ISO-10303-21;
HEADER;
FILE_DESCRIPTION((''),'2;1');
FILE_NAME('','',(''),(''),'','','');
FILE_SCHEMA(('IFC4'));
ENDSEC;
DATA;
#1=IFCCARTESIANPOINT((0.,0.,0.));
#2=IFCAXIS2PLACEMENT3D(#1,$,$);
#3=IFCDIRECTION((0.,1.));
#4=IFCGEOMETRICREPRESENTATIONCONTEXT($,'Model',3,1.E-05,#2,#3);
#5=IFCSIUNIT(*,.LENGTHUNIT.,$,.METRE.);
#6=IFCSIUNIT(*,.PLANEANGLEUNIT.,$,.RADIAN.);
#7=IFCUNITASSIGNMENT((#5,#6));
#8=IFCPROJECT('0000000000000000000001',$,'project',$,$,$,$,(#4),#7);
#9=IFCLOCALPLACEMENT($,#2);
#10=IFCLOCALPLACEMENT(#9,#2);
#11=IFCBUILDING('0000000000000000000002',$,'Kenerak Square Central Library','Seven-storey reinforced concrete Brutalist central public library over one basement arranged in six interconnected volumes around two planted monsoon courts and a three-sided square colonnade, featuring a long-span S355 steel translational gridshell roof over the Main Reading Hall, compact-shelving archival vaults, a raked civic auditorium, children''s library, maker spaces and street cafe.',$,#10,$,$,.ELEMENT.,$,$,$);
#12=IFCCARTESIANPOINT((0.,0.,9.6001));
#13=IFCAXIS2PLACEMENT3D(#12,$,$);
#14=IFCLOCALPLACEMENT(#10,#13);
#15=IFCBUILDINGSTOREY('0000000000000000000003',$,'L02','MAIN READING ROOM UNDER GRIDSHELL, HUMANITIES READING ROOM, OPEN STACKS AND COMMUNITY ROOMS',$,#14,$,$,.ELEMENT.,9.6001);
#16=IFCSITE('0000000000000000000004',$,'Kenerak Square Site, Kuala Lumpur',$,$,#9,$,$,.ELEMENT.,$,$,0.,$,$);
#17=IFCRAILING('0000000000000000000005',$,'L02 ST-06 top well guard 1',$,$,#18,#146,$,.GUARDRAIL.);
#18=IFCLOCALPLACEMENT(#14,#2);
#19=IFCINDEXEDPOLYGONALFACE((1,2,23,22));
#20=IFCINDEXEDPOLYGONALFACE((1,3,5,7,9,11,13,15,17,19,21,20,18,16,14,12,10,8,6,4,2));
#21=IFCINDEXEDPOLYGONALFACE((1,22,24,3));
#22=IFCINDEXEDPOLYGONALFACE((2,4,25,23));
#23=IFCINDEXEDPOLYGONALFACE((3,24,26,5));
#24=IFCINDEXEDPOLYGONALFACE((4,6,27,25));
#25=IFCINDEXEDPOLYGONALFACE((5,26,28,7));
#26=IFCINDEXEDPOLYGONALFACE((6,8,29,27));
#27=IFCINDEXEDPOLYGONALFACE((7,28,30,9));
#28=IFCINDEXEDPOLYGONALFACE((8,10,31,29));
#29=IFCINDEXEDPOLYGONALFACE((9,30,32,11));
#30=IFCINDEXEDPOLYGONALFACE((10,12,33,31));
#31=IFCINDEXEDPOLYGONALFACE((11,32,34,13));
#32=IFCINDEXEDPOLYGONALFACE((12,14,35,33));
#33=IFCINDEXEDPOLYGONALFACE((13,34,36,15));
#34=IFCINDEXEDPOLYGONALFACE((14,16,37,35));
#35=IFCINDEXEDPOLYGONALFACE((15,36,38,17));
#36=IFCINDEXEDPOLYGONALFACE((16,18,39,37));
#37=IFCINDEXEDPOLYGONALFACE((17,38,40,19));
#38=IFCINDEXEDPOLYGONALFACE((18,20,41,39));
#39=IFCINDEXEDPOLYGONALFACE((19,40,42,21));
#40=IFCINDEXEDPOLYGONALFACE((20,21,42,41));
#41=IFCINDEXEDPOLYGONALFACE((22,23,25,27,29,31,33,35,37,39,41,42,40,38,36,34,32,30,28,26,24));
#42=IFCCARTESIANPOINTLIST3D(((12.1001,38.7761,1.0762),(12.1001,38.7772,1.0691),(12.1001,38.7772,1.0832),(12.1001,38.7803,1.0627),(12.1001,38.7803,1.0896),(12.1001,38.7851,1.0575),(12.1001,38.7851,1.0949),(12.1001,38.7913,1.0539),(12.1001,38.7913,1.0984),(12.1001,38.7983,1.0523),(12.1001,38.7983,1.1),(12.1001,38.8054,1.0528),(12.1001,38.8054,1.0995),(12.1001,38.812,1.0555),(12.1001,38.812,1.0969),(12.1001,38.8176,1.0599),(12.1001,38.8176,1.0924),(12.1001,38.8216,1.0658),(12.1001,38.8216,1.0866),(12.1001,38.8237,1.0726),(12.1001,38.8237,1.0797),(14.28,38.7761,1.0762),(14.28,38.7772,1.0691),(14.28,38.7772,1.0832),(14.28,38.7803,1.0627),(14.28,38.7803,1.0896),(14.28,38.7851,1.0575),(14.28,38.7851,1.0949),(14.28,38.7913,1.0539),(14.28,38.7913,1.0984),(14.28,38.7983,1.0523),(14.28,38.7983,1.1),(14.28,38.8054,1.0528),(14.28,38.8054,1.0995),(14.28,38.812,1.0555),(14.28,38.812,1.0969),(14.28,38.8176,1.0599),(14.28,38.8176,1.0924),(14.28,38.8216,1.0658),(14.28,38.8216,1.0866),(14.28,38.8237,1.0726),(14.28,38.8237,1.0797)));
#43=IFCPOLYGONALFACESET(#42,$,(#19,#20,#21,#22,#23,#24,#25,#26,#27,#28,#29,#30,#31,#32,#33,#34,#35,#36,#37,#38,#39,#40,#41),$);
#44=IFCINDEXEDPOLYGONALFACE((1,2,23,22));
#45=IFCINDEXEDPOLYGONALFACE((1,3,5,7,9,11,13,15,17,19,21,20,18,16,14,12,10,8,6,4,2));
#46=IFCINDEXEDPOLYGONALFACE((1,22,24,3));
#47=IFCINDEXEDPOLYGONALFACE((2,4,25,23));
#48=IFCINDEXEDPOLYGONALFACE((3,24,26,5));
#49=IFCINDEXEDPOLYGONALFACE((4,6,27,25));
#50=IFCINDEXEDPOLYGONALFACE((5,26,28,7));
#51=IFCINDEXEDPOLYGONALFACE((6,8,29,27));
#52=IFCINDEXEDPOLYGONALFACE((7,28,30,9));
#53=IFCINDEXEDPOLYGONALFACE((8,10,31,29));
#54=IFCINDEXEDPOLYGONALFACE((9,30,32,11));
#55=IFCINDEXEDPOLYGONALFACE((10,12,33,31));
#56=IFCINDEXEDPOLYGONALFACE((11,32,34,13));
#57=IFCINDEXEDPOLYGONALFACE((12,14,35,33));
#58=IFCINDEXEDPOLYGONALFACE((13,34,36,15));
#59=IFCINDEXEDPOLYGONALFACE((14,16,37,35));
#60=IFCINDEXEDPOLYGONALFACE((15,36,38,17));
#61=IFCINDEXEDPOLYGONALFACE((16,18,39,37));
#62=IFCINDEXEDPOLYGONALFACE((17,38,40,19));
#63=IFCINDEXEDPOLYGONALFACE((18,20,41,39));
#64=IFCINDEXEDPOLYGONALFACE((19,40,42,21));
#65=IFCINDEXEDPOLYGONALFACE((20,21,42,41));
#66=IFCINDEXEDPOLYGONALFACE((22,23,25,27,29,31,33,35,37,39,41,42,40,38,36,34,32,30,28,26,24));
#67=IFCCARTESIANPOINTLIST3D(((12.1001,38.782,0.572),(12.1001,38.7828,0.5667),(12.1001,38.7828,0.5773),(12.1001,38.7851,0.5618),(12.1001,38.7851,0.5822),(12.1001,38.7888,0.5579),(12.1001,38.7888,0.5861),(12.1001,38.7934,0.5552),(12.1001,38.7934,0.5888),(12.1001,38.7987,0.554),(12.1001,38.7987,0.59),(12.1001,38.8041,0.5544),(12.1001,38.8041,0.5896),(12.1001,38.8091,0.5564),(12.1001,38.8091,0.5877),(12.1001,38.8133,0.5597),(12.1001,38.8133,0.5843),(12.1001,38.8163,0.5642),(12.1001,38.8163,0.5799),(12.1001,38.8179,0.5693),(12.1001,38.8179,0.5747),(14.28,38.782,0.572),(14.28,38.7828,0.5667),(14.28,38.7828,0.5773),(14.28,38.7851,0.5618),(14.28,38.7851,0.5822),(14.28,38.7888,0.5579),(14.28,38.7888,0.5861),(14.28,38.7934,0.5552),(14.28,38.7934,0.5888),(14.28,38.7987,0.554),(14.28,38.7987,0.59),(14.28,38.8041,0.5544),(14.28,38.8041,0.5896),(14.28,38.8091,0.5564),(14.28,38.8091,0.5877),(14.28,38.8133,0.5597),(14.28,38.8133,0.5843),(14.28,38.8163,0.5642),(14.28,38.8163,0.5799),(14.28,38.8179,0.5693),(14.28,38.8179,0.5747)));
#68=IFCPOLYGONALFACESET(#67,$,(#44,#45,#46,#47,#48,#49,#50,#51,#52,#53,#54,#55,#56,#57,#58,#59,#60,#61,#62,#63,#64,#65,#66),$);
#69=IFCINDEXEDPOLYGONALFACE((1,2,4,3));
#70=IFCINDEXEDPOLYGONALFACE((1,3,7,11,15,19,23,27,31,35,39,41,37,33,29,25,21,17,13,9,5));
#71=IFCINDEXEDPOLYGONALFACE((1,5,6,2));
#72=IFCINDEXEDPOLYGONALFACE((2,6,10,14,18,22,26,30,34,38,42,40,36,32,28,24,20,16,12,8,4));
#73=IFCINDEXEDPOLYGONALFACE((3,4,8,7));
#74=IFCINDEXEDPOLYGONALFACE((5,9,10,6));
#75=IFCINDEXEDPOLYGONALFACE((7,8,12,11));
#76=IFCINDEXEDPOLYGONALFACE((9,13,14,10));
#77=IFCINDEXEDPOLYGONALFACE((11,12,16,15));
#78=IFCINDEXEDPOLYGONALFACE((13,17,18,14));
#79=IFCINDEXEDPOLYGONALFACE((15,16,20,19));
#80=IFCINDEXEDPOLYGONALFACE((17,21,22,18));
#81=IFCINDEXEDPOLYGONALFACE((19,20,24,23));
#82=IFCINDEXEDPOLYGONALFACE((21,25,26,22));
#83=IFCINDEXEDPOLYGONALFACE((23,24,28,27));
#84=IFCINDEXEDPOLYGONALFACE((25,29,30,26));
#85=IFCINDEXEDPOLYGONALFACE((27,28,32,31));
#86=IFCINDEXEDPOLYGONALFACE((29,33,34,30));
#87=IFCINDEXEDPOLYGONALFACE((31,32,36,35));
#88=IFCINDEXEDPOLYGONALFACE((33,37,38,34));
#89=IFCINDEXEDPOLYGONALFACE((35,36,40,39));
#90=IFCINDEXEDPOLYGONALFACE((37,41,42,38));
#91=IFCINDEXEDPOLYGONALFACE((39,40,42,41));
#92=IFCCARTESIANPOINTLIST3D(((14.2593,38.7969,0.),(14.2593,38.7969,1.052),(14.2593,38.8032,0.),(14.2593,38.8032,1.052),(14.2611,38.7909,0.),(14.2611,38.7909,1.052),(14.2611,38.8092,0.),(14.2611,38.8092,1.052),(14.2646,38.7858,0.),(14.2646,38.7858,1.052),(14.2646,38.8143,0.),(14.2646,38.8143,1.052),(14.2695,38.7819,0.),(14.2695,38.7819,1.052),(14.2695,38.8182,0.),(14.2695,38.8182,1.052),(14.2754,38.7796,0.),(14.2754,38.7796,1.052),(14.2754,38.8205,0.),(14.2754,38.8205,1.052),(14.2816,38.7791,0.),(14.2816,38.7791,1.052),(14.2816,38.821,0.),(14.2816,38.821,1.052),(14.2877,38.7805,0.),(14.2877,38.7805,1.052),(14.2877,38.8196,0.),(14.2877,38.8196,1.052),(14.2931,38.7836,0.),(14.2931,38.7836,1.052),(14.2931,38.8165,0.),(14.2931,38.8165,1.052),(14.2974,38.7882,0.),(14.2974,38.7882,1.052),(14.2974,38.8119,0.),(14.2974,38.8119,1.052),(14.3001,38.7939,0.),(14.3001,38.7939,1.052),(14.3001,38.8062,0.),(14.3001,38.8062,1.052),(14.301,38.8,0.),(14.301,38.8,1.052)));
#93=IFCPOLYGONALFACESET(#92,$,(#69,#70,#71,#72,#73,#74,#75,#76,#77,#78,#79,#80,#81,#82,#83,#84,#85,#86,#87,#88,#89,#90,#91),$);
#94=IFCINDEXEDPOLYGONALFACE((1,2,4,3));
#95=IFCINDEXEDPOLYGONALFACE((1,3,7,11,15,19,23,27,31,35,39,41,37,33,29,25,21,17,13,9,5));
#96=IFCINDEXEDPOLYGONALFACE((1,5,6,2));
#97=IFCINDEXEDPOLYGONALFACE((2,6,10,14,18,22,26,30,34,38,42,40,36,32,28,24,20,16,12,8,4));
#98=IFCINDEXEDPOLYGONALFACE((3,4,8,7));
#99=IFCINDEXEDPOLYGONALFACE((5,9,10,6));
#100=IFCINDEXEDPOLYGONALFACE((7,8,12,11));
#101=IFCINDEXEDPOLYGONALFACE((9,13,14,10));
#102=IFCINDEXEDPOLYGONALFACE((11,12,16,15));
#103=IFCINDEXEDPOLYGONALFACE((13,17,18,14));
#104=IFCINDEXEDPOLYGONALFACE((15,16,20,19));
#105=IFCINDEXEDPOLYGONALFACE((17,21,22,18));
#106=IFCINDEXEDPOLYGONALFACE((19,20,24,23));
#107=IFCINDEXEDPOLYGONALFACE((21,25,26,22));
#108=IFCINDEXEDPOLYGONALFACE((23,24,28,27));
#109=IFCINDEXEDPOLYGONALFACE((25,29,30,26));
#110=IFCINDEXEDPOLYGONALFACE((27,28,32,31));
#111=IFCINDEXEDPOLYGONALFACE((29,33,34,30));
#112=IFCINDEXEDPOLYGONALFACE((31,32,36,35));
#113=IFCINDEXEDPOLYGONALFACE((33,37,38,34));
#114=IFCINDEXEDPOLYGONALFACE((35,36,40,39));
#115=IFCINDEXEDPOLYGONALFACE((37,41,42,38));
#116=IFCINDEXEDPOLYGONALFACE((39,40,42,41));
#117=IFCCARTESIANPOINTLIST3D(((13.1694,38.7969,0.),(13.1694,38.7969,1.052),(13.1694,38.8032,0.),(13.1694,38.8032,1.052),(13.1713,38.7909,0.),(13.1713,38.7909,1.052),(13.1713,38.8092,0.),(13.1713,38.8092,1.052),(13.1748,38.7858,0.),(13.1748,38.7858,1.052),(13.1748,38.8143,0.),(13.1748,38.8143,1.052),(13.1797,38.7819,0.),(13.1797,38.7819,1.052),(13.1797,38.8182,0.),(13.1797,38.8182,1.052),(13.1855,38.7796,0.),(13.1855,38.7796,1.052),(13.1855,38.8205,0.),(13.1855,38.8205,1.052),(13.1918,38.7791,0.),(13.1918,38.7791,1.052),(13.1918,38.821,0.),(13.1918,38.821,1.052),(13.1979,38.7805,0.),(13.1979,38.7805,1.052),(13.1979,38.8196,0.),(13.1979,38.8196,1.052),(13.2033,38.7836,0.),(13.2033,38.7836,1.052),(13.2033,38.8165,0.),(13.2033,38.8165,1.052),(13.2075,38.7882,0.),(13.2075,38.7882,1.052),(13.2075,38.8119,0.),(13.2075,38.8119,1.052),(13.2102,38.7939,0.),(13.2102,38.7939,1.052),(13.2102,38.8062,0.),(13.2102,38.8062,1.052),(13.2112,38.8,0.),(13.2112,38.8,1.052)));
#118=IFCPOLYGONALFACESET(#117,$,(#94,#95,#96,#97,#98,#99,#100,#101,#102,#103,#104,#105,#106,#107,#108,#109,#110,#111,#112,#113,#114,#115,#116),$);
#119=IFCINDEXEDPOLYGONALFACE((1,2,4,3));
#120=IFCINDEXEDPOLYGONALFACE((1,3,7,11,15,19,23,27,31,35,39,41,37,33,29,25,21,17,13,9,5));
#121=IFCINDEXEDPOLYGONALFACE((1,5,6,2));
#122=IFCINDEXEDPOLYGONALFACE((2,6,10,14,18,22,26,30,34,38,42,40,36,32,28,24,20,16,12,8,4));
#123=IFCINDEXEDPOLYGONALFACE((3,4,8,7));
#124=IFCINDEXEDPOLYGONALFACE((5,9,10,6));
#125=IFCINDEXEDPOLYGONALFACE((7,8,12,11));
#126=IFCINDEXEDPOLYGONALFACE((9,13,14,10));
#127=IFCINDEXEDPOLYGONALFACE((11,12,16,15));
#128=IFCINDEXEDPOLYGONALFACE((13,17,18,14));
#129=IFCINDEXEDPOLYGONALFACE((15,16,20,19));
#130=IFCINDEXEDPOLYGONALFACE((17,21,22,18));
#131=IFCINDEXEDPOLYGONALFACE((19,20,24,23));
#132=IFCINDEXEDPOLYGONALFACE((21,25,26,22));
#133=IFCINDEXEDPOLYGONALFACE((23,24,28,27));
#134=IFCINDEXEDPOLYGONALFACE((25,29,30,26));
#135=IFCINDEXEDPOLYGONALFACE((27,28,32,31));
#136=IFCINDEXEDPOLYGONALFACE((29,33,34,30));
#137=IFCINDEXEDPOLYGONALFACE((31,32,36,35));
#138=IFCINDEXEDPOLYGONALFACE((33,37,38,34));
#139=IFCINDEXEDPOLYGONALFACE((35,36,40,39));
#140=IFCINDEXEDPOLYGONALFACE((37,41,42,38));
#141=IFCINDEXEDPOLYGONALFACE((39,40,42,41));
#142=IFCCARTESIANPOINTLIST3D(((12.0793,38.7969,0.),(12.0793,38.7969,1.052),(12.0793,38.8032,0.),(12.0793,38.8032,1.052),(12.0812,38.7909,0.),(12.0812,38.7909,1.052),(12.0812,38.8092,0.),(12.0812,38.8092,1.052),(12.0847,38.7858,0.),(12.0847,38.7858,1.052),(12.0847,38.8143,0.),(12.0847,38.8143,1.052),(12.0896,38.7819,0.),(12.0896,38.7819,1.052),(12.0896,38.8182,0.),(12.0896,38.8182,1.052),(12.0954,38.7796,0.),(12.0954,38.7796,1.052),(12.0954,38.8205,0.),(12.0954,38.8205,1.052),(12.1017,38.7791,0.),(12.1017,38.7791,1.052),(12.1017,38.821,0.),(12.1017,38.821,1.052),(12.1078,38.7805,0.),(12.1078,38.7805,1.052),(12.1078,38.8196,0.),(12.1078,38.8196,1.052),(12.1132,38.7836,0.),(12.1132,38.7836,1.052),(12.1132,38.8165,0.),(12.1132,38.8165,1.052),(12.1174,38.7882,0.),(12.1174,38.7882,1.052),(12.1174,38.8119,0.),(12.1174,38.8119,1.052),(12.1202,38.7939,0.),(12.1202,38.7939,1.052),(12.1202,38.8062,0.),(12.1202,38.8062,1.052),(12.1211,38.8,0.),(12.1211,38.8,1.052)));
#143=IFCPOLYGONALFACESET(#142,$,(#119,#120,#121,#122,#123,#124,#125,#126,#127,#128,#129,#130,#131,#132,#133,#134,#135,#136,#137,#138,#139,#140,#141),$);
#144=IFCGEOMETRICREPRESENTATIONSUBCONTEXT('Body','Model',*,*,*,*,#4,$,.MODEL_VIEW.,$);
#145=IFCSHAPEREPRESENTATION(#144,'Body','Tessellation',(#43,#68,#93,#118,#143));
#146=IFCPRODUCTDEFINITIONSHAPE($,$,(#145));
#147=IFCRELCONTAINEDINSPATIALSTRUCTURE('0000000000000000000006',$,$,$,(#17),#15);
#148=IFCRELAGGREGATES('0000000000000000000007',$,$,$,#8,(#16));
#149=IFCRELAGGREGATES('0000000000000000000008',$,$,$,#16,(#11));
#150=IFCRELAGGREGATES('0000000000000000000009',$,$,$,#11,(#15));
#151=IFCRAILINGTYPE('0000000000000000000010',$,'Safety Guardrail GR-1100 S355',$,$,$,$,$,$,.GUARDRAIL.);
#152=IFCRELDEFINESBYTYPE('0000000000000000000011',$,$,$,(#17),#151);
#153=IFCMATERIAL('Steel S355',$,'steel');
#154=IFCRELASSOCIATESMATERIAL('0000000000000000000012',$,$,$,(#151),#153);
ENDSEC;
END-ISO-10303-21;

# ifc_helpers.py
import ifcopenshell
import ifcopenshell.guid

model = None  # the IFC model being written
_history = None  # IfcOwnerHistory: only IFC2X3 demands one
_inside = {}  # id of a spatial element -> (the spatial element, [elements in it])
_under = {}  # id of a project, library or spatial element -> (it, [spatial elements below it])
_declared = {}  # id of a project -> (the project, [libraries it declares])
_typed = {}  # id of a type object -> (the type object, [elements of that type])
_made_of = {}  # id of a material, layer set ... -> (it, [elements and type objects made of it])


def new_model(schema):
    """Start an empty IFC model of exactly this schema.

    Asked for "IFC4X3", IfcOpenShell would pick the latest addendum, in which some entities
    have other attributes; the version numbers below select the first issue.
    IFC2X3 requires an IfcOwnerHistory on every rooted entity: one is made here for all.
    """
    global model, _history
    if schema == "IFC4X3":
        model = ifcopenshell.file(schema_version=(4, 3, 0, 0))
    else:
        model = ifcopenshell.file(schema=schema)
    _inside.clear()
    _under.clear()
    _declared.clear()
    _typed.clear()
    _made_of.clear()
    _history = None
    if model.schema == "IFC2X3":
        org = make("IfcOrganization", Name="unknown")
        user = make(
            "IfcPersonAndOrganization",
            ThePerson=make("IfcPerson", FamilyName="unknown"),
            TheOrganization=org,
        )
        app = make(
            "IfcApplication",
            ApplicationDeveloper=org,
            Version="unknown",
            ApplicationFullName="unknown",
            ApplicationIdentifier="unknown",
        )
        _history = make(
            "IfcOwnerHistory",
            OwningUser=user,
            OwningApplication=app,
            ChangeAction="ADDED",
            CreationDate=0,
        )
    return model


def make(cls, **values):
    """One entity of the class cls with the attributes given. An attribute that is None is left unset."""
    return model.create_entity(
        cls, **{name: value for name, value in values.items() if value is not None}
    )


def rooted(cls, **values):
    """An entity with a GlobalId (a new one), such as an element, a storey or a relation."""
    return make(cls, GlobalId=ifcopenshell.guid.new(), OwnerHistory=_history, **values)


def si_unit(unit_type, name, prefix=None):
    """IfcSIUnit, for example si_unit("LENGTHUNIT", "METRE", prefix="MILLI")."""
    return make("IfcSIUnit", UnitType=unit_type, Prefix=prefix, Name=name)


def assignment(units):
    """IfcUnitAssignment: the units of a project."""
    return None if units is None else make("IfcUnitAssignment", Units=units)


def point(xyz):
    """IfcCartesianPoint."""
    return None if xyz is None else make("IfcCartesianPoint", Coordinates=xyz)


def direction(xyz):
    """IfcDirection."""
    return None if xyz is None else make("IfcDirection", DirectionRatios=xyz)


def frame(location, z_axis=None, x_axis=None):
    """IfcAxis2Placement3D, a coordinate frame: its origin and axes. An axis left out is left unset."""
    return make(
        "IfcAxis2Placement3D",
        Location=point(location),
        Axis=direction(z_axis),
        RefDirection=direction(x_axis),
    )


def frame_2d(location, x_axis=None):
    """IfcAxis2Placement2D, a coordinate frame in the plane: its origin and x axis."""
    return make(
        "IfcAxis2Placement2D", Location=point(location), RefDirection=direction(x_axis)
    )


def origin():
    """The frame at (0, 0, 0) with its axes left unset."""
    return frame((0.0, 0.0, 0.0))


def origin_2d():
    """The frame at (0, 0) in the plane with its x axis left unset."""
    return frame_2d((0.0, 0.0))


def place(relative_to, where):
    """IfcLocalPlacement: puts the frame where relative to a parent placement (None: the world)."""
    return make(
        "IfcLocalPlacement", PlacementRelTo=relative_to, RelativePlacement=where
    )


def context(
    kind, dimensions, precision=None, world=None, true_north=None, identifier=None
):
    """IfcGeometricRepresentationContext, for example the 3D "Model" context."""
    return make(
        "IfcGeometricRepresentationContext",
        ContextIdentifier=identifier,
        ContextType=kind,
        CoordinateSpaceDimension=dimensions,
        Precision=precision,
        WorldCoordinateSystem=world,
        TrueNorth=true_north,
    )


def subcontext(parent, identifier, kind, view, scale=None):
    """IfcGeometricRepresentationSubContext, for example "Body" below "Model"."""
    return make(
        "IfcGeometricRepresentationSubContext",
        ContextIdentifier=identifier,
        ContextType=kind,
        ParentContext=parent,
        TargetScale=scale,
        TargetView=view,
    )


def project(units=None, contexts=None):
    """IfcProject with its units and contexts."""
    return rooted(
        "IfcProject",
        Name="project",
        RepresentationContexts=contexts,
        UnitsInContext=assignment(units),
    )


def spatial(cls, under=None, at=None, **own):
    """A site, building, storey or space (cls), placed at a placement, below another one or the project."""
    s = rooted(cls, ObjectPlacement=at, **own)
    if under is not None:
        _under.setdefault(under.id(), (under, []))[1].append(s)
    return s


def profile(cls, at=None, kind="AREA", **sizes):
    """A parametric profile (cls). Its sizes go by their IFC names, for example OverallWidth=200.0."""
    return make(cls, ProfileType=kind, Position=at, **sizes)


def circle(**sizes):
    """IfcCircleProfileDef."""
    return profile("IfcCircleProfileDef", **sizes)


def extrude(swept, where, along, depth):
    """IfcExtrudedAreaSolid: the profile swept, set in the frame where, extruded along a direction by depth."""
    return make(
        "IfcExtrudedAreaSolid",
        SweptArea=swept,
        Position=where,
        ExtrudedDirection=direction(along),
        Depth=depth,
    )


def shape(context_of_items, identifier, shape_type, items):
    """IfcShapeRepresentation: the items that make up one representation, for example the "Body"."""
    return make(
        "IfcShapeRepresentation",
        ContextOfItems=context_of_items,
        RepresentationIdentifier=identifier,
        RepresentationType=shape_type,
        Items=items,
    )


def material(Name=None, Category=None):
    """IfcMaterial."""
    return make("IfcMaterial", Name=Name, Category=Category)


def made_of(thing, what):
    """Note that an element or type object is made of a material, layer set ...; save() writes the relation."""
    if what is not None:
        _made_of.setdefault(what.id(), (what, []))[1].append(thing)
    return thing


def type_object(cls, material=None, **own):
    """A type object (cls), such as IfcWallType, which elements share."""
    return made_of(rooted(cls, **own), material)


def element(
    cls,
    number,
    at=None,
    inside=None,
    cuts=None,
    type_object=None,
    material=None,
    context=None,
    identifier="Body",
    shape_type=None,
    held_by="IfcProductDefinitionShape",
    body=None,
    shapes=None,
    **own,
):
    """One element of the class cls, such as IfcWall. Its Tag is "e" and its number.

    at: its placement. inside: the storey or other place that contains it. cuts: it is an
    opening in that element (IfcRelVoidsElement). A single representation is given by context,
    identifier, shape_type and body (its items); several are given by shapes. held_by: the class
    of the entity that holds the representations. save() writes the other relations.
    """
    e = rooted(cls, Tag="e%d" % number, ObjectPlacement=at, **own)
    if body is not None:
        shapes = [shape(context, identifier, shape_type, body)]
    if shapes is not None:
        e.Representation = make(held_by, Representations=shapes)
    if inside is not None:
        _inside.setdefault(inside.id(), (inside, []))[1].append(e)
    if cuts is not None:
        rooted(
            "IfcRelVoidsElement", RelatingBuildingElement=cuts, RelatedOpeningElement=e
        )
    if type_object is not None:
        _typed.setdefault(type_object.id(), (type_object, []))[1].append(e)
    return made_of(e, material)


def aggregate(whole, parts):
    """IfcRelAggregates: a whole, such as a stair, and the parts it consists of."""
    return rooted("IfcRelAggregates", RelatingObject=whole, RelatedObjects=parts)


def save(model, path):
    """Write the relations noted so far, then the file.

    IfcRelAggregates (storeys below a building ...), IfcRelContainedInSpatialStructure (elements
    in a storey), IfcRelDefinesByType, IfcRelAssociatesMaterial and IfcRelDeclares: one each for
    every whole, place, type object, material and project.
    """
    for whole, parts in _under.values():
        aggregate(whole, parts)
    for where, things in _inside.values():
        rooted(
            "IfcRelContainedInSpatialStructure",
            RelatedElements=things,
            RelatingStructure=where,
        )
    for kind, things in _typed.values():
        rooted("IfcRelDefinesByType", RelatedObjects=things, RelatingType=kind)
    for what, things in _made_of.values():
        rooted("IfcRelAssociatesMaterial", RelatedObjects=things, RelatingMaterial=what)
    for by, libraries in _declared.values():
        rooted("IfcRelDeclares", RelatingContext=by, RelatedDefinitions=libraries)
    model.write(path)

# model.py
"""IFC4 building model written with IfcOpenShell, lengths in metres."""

from ifc_helpers import new_model, si_unit, direction, frame, origin, origin_2d, place, context, subcontext, project, spatial, circle, extrude, material, type_object, element, save


model = new_model("IFC4")

# Units and contexts
model_context = context("Model", 3, precision=1e-05, world=origin(), true_north=direction((0.0, 1.0)))
body_context = subcontext(model_context, "Body", "Model", "MODEL_VIEW")
ifc_project = project(units=[si_unit("LENGTHUNIT", "METRE"), si_unit("PLANEANGLEUNIT", "RADIAN")], contexts=[model_context])

# Site, building, storey
site_placement = place(None, origin())
site = spatial("IfcSite", under=ifc_project, at=site_placement, Name="Kenerak Square Site, Kuala Lumpur", CompositionType="ELEMENT", RefElevation=0.0)
building_placement = place(site_placement, origin())
building = spatial("IfcBuilding", under=site, at=building_placement, Name="Kenerak Square Central Library", Description="Seven-storey reinforced concrete Brutalist central public library over one basement arranged in six interconnected volumes around two planted monsoon courts and a three-sided square colonnade, featuring a long-span S355 steel translational gridshell roof over the Main Reading Hall, compact-shelving archival vaults, a raked civic auditorium, children's library, maker spaces and street cafe.", CompositionType="ELEMENT")
storey_placement = place(building_placement, frame((0.0, 0.0, 9.6001)))
storey = spatial("IfcBuildingStorey", under=building, at=storey_placement, Name="L02", Description="MAIN READING ROOM UNDER GRIDSHELL, HUMANITIES READING ROOM, OPEN STACKS AND COMMUNITY ROOMS", CompositionType="ELEMENT", Elevation=9.6001)

# Shared definitions
ifc_material_1 = material(Name="Steel S355", Category="steel")

# Railing
railing_type_1 = type_object("IfcRailingType", Name="Safety Guardrail GR-1100 S355", PredefinedType="GUARDRAIL", material=ifc_material_1)
railing_1_placement = place(storey_placement, frame((14.28, 38.8, 0.0)))
element("IfcRailing", 1, at=railing_1_placement, inside=storey, type_object=railing_type_1, Name="L02 ST-06 top well guard 1", PredefinedType="GUARDRAIL", context=body_context, shape_type="SweptSolid", body=[
    extrude(circle(Radius=0.0239, at=origin_2d()), frame((0.0, 0.0, 1.0762), z_axis=(-1.0, 0.0, 0.0), x_axis=(0.0, -1.0, 0.0)), (0.0, 0.0, 1.0), 2.1799),
    extrude(circle(Radius=0.0181, at=origin_2d()), frame((0.0, 0.0, 0.572), z_axis=(-1.0, 0.0, 0.0), x_axis=(0.0, -1.0, 0.0)), (0.0, 0.0, 1.0), 2.1799),
    extrude(circle(Radius=0.021, at=origin_2d()), origin(), (0.0, 0.0, 1.0), 1.052),
    extrude(circle(Radius=0.021, at=origin_2d()), frame((-1.0898, 0.0, 0.0)), (0.0, 0.0, 1.0), 1.052),
    extrude(circle(Radius=0.021, at=origin_2d()), frame((-2.1799, 0.0, 0.0)), (0.0, 0.0, 1.0), 1.052),
])

save(model, "model.ifc")
